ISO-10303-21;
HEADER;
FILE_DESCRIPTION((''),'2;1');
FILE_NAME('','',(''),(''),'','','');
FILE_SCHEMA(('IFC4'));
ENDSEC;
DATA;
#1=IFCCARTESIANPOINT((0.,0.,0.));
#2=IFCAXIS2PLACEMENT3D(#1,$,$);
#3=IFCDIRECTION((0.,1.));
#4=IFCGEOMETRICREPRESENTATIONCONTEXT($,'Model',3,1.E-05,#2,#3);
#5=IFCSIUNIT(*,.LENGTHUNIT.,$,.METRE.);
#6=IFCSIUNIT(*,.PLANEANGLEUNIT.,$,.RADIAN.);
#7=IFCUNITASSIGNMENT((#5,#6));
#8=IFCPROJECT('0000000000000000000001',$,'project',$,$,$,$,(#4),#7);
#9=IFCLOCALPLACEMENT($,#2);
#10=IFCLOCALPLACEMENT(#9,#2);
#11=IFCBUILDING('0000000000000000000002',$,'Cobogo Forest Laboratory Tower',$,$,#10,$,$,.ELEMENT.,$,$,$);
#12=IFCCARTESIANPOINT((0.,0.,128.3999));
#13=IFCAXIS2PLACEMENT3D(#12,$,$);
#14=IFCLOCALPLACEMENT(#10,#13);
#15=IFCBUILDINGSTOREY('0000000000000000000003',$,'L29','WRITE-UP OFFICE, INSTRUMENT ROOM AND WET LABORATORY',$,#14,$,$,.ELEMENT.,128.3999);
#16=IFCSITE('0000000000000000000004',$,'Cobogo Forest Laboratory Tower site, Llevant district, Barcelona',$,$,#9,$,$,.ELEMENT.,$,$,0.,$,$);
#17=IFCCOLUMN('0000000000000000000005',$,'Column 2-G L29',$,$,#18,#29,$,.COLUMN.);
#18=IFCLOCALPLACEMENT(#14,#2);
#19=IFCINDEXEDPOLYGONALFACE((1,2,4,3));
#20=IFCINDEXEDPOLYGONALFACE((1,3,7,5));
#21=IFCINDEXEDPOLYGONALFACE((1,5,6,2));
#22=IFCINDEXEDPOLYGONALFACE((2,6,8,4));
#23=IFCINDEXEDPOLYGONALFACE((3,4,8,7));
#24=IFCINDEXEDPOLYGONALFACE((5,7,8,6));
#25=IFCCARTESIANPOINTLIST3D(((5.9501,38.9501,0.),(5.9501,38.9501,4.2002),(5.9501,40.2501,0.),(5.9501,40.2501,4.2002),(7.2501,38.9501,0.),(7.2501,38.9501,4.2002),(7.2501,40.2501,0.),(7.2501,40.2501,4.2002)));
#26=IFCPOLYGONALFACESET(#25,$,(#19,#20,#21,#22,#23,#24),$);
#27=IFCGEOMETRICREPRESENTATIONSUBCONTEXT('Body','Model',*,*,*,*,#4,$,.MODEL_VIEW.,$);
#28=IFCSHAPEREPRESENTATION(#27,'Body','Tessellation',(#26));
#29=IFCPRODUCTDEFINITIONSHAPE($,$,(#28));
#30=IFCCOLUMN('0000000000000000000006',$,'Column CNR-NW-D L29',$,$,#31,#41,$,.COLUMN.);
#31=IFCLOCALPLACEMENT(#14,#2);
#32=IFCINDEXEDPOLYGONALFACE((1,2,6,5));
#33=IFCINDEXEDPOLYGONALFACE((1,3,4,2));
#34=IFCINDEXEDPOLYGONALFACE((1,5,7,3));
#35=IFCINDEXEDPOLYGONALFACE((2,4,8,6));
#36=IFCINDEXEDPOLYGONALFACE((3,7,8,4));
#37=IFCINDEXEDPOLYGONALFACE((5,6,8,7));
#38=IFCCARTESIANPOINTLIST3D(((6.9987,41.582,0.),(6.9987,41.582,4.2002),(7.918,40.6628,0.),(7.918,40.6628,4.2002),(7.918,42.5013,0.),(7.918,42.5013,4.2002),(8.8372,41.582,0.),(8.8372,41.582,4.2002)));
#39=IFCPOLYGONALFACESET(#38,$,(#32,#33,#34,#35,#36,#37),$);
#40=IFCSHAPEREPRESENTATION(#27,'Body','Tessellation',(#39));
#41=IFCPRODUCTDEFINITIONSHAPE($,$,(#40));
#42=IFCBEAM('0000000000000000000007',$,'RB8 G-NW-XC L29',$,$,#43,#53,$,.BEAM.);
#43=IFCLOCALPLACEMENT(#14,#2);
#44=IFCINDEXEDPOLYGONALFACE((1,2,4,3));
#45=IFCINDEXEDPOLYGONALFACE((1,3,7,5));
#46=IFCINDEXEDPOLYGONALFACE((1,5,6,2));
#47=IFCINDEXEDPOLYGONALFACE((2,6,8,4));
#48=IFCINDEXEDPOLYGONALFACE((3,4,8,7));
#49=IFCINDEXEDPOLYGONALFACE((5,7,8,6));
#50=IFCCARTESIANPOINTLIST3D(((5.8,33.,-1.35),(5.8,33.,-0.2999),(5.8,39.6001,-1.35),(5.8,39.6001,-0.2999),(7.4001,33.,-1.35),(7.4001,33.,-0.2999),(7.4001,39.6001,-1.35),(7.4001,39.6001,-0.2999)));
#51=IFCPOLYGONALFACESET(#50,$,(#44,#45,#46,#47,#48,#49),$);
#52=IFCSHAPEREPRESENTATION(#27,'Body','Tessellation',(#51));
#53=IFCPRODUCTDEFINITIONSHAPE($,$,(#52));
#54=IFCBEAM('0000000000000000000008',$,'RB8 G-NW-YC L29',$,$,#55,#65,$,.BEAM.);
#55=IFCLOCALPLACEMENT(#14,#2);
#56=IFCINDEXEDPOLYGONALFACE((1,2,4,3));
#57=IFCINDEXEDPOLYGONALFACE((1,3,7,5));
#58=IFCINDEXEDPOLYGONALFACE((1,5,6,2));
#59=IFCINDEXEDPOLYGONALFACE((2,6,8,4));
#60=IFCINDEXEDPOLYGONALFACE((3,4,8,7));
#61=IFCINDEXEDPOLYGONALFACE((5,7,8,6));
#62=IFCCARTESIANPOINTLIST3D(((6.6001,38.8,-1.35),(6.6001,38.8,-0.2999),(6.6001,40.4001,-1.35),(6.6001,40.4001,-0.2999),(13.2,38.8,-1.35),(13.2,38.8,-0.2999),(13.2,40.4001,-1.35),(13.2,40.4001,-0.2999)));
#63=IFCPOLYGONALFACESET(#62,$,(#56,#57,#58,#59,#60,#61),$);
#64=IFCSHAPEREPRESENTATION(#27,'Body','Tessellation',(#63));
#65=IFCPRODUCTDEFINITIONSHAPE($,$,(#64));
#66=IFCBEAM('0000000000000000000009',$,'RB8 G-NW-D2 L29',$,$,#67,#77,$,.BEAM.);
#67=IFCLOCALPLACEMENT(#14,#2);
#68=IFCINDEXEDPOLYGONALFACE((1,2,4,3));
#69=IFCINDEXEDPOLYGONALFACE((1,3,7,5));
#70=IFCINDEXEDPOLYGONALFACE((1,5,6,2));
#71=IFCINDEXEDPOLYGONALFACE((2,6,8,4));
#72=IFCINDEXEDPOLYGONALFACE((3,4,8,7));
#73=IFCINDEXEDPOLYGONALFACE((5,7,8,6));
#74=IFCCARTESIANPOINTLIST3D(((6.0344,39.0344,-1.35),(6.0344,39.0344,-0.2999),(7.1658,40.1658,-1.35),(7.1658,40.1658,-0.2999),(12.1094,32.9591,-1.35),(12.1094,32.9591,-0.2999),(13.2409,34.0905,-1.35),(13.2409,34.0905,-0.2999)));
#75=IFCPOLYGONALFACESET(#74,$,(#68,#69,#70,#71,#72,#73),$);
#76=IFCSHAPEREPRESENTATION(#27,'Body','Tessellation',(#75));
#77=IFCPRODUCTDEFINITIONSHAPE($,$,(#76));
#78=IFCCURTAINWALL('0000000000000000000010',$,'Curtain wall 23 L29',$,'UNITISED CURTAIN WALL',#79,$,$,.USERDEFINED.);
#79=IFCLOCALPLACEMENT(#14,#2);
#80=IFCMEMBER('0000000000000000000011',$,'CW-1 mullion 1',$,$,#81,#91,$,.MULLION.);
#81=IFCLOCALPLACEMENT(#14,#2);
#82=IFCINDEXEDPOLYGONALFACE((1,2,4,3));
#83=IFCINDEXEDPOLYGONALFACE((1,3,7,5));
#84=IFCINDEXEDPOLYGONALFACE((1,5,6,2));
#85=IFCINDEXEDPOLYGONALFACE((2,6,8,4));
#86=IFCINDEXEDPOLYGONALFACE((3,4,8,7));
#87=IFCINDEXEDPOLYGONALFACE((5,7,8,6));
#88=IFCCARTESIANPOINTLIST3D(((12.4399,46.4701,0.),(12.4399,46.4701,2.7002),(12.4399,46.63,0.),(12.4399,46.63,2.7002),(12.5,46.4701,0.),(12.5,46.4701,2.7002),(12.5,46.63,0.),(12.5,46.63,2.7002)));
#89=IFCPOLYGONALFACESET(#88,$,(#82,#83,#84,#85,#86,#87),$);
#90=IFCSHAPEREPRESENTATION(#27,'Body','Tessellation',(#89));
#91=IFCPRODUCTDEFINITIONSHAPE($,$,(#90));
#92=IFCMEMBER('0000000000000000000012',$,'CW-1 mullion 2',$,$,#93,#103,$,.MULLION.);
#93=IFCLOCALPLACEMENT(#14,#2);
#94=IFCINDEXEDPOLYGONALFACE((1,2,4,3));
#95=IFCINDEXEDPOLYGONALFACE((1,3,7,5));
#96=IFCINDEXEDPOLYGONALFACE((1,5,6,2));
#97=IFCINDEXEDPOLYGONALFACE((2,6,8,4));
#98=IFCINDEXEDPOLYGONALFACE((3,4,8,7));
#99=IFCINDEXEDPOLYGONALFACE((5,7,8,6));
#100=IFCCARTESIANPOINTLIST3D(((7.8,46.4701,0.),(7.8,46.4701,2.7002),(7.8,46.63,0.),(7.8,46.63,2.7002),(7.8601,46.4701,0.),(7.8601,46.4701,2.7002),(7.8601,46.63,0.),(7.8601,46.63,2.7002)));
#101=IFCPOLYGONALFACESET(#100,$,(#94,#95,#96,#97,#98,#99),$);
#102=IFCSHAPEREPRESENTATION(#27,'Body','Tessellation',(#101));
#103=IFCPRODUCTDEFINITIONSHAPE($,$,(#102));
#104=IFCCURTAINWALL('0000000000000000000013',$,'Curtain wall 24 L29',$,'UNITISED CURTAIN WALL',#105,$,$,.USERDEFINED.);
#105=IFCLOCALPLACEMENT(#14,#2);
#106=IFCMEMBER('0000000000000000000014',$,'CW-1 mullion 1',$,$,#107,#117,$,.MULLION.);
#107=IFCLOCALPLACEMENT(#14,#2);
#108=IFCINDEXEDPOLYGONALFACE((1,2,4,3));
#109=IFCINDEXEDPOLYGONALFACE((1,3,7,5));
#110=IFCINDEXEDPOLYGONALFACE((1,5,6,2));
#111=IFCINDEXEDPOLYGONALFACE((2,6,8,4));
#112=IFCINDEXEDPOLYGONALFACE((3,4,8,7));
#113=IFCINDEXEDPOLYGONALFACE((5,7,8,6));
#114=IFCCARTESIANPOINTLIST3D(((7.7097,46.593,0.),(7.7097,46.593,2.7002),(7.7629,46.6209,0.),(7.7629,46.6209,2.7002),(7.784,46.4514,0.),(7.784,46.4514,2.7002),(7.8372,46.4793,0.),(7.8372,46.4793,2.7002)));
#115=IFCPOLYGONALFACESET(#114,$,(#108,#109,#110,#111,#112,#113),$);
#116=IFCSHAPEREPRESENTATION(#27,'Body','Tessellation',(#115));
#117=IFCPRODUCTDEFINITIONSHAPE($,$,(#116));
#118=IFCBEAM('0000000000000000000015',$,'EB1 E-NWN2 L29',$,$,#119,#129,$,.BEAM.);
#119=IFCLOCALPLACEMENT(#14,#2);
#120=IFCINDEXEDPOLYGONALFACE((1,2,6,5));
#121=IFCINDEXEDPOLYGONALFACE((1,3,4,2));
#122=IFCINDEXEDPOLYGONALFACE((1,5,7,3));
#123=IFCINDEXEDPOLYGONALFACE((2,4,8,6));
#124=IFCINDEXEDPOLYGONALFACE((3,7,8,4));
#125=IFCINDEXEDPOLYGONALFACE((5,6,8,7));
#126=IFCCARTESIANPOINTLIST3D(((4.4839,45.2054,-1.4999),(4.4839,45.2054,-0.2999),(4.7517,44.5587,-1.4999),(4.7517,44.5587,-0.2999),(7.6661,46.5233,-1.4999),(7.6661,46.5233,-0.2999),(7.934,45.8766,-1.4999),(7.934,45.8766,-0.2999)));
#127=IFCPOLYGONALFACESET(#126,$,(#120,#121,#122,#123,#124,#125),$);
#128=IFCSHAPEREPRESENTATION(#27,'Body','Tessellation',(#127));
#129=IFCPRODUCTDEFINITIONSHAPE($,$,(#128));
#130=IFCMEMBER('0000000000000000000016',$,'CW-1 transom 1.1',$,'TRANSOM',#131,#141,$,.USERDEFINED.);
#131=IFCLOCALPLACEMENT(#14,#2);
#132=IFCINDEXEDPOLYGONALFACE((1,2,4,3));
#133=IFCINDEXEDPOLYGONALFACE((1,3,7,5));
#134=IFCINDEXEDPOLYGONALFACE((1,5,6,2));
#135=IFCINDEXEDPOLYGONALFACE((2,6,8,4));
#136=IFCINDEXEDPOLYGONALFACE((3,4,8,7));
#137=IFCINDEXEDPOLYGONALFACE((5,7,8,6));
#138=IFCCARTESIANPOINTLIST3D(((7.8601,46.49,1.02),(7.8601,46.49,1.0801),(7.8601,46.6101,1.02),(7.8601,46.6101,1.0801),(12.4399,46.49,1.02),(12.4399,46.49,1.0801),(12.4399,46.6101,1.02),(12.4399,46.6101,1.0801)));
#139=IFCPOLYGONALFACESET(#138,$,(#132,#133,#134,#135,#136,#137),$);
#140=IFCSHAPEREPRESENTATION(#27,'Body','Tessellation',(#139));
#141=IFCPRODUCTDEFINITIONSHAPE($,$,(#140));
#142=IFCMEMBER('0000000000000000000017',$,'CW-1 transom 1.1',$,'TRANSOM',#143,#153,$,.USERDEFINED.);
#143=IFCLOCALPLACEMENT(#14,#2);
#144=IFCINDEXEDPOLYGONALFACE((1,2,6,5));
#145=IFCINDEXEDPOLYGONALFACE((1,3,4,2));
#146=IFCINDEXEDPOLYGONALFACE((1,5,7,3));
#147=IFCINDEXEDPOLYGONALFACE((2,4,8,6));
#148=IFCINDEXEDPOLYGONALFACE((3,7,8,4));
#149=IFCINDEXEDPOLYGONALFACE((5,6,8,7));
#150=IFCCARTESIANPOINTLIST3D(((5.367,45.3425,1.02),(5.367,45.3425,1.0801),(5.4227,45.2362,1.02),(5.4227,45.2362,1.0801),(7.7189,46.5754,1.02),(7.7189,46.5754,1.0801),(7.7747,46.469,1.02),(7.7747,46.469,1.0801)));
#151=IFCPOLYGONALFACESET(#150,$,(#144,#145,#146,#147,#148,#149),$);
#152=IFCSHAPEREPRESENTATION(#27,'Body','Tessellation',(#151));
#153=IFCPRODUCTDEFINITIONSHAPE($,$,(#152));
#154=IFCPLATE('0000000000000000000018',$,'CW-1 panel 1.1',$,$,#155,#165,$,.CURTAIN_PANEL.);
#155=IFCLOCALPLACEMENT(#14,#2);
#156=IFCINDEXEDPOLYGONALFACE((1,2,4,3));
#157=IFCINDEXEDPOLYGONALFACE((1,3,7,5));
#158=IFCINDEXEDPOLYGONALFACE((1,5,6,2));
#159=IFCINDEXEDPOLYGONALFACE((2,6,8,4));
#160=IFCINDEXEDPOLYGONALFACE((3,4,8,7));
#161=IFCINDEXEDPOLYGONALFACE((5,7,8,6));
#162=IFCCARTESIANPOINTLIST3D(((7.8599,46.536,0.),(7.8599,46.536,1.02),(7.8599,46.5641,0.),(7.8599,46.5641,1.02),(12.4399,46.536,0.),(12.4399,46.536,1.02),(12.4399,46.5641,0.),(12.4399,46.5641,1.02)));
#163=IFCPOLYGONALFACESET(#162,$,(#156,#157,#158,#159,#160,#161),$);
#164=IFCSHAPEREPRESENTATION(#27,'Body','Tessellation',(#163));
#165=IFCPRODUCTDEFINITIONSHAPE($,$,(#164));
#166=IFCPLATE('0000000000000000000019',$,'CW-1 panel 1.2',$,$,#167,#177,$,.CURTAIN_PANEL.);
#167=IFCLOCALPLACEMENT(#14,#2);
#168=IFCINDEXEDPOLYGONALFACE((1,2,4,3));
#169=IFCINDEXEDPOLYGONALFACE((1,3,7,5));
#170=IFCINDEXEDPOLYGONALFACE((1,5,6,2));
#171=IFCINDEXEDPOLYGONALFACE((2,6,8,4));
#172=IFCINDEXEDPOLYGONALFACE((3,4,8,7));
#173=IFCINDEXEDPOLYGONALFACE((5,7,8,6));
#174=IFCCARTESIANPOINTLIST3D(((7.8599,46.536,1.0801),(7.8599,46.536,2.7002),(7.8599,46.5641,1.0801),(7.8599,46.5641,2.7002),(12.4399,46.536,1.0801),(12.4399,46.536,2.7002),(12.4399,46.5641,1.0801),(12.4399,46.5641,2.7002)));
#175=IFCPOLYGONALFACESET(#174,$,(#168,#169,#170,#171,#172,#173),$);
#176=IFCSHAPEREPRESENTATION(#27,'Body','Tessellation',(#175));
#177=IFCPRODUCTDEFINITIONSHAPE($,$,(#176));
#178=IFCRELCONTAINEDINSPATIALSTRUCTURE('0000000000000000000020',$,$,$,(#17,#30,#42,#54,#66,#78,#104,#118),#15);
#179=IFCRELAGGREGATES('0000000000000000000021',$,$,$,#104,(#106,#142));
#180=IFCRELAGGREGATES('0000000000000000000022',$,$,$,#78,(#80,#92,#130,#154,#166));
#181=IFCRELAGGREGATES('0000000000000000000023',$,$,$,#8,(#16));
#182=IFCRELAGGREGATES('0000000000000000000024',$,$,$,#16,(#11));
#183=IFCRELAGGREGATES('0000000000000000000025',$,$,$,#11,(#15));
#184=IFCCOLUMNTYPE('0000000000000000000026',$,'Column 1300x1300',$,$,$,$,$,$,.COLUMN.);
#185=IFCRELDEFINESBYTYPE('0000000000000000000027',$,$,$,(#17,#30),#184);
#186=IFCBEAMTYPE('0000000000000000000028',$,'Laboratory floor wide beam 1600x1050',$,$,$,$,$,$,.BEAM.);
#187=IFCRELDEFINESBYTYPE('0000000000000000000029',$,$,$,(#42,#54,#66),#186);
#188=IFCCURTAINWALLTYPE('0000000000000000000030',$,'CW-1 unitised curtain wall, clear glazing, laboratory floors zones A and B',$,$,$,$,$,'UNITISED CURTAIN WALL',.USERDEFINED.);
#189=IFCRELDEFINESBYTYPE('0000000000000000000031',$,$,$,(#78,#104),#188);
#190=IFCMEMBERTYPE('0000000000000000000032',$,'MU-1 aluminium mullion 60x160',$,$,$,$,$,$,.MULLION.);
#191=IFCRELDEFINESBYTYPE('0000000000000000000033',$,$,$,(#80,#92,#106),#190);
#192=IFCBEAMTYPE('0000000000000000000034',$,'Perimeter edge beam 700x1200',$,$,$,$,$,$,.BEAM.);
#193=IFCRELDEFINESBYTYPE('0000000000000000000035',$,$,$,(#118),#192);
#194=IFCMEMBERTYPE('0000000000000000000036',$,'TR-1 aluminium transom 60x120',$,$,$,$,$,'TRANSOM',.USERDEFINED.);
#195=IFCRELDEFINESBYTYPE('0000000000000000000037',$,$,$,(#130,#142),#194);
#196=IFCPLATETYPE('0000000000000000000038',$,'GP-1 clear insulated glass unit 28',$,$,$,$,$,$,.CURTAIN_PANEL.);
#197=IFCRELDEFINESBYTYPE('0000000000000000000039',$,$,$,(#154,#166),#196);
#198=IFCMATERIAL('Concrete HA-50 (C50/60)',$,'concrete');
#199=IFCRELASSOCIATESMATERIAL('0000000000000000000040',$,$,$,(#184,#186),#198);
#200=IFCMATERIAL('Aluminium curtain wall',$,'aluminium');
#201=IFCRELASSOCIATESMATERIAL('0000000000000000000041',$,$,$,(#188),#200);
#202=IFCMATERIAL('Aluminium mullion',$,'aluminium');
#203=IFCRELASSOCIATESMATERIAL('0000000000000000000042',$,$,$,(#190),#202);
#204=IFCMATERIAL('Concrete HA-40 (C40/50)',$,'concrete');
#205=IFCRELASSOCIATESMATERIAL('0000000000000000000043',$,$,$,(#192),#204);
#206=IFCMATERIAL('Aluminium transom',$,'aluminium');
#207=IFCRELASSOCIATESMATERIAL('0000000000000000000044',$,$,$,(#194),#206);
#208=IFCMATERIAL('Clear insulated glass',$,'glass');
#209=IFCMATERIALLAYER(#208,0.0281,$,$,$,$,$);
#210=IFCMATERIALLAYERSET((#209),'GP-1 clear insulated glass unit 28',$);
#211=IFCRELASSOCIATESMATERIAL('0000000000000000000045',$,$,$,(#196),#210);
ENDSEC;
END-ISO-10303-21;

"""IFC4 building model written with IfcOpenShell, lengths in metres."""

from ifc_helpers import new_model, si_unit, direction, frame, origin, origin_2d, place, context, subcontext, project, spatial, rectangle, extrude, material, layer, layer_set, material_profile, profile_set, type_object, element, aggregate, save


model = new_model("IFC4")

# Units and contexts
model_context = context("Model", 3, precision=1e-05, world=origin(), true_north=direction((0.0, 1.0)))
body_context = subcontext(model_context, "Body", "Model", "MODEL_VIEW")
ifc_project = project(units=[si_unit("LENGTHUNIT", "METRE"), si_unit("PLANEANGLEUNIT", "RADIAN")], contexts=[model_context])

# Site, building, storey
site_placement = place(None, origin())
site = spatial("IfcSite", under=ifc_project, at=site_placement, Name="Cobogo Forest Laboratory Tower site, Llevant district, Barcelona", CompositionType="ELEMENT", RefElevation=0.0)
building_placement = place(site_placement, origin())
building = spatial("IfcBuilding", under=site, at=building_placement, Name="Cobogo Forest Laboratory Tower", CompositionType="ELEMENT")
storey_placement = place(building_placement, frame((0.0, 0.0, 128.3999)))
storey = spatial("IfcBuildingStorey", under=building, at=storey_placement, Name="L29", Description="WRITE-UP OFFICE, INSTRUMENT ROOM AND WET LABORATORY", CompositionType="ELEMENT", Elevation=128.3999)

# Columns
ifc_material_1 = material(Name="Concrete HA-50 (C50/60)", Category="concrete")
ifc_material_profile_1 = material_profile(ifc_material_1, rectangle(XDim=1.3, YDim=1.3, at=origin_2d()), Name="RC 1300x1300")
ifc_profile_set_1 = profile_set([ifc_material_profile_1], Name="Concrete HA-50 (C50/60)")
column_type = type_object("IfcColumnType", Name="Column 1300x1300", PredefinedType="COLUMN", material=ifc_profile_set_1)
for number, where, z_axis, x_axis, name in (
    (1, (6.6001, 39.6001, 0.0), (0.0, 0.0, 1.0), (1.0, 0.0, 0.0), "Column 2-G L29"),
    (2, (7.918, 41.582, 0.0), (0.0, 0.0, 1.0), (0.707107, 0.707107, 0.0), "Column CNR-NW-D L29"),
):
    element("IfcColumn", number, at=place(storey_placement, frame(where, z_axis=z_axis, x_axis=x_axis)), inside=storey, type_object=column_type, Name=name, PredefinedType="COLUMN", context=body_context, shape_type="SweptSolid", body=[
        extrude(rectangle(XDim=1.3, YDim=1.3, at=origin_2d()), origin(), (0.0, 0.0, 1.0), 4.2002),
    ])

# Beams
ifc_material_profile_2 = material_profile(ifc_material_1, rectangle(XDim=1.6001, YDim=1.05, at=origin_2d()), Name="RC 1600x1050")
ifc_profile_set_2 = profile_set([ifc_material_profile_2], Name="Concrete HA-50 (C50/60)")
beam_type_1 = type_object("IfcBeamType", Name="Laboratory floor wide beam 1600x1050", PredefinedType="BEAM", material=ifc_profile_set_2)
beam_1_placement = place(storey_placement, frame((6.6001, 39.6001, -0.825), z_axis=(0.0, -1.0, 0.0), x_axis=(1.0, 0.0, 0.0)))
element("IfcBeam", 3, at=beam_1_placement, inside=storey, type_object=beam_type_1, Name="RB8 G-NW-XC L29", PredefinedType="BEAM", context=body_context, shape_type="SweptSolid", body=[
    extrude(rectangle(XDim=1.6001, YDim=1.05, at=origin_2d()), origin(), (0.0, 0.0, 1.0), 6.6001),
])
beam_2_placement = place(storey_placement, frame((6.6001, 39.6001, -0.825), z_axis=(1.0, 0.0, 0.0), x_axis=(0.0, 1.0, 0.0)))
element("IfcBeam", 4, at=beam_2_placement, inside=storey, type_object=beam_type_1, Name="RB8 G-NW-YC L29", PredefinedType="BEAM", context=body_context, shape_type="SweptSolid", body=[
    extrude(rectangle(XDim=1.6001, YDim=1.05, at=origin_2d()), origin(), (0.0, 0.0, 1.0), 6.5999),
])
beam_3_placement = place(storey_placement, frame((6.6001, 39.6001, -0.825), z_axis=(0.707093, -0.707121, 0.0), x_axis=(0.707121, 0.707093, 0.0)))
element("IfcBeam", 5, at=beam_3_placement, inside=storey, type_object=beam_type_1, Name="RB8 G-NW-D2 L29", PredefinedType="BEAM", context=body_context, shape_type="SweptSolid", body=[
    extrude(rectangle(XDim=1.6001, YDim=1.05, at=origin_2d()), origin(), (0.0, 0.0, 1.0), 8.5916),
])

# Curtain wall, members
ifc_material_2 = material(Name="Aluminium curtain wall", Category="aluminium")
curtain_wall_type = type_object("IfcCurtainWallType", Name="CW-1 unitised curtain wall, clear glazing, laboratory floors zones A and B", ElementType="UNITISED CURTAIN WALL", PredefinedType="USERDEFINED", material=ifc_material_2)
curtain_wall_1_placement = place(storey_placement, origin())
curtain_wall_1 = element("IfcCurtainWall", 6, at=curtain_wall_1_placement, inside=storey, type_object=curtain_wall_type, Name="Curtain wall 23 L29", ObjectType="UNITISED CURTAIN WALL", PredefinedType="USERDEFINED")
ifc_material_3 = material(Name="Aluminium mullion", Category="aluminium")
ifc_material_profile_3 = material_profile(ifc_material_3, rectangle(XDim=0.0601, YDim=0.1599, at=origin_2d()), Name="AL 60x160")
ifc_profile_set_3 = profile_set([ifc_material_profile_3], Name="Aluminium mullion")
member_type_1 = type_object("IfcMemberType", Name="MU-1 aluminium mullion 60x160", PredefinedType="MULLION", material=ifc_profile_set_3)
member_1_placement = place(storey_placement, frame((12.47, 46.55, 0.0), z_axis=(0.0, 0.0, 1.0), x_axis=(-1.0, 0.0, 0.0)))
member_1 = element("IfcMember", 7, at=member_1_placement, type_object=member_type_1, Name="CW-1 mullion 1", PredefinedType="MULLION", context=body_context, shape_type="SweptSolid", body=[
    extrude(rectangle(XDim=0.0601, YDim=0.1599, at=origin_2d()), origin(), (0.0, 0.0, 1.0), 2.7002),
])
member_2_placement = place(storey_placement, frame((7.8301, 46.55, 0.0), z_axis=(0.0, 0.0, 1.0), x_axis=(-1.0, 0.0, 0.0)))
member_2 = element("IfcMember", 8, at=member_2_placement, type_object=member_type_1, Name="CW-1 mullion 2", PredefinedType="MULLION", context=body_context, shape_type="SweptSolid", body=[
    extrude(rectangle(XDim=0.0601, YDim=0.1599, at=origin_2d()), origin(), (0.0, 0.0, 1.0), 2.7002),
])

# Curtain wall, member
curtain_wall_2_placement = place(storey_placement, origin())
curtain_wall_2 = element("IfcCurtainWall", 9, at=curtain_wall_2_placement, inside=storey, type_object=curtain_wall_type, Name="Curtain wall 24 L29", ObjectType="UNITISED CURTAIN WALL", PredefinedType="USERDEFINED")
member_3_placement = place(storey_placement, frame((7.7734, 46.5361, 0.0), z_axis=(0.0, 0.0, 1.0), x_axis=(-0.885687, -0.464284, 0.0)))
member_3 = element("IfcMember", 10, at=member_3_placement, type_object=member_type_1, Name="CW-1 mullion 1", PredefinedType="MULLION", context=body_context, shape_type="SweptSolid", body=[
    extrude(rectangle(XDim=0.0601, YDim=0.1599, at=origin_2d()), origin(), (0.0, 0.0, 1.0), 2.7002),
])

# Beam
ifc_material_4 = material(Name="Concrete HA-40 (C40/50)", Category="concrete")
ifc_material_profile_4 = material_profile(ifc_material_4, rectangle(XDim=0.7, YDim=1.2, at=origin_2d()), Name="RC 700x1200")
ifc_profile_set_4 = profile_set([ifc_material_profile_4], Name="Concrete HA-40 (C40/50)")
beam_type_2 = type_object("IfcBeamType", Name="Perimeter edge beam 700x1200", PredefinedType="BEAM", material=ifc_profile_set_4)
beam_4_placement = place(storey_placement, frame((7.8, 46.2, -0.8999), z_axis=(-0.923901, -0.382631, 0.0), x_axis=(0.382631, -0.923901, 0.0)))
element("IfcBeam", 11, at=beam_4_placement, inside=storey, type_object=beam_type_2, Name="EB1 E-NWN2 L29", PredefinedType="BEAM", context=body_context, shape_type="SweptSolid", body=[
    extrude(rectangle(XDim=0.7, YDim=1.2, at=origin_2d()), origin(), (0.0, 0.0, 1.0), 3.4443),
])

# Members
ifc_material_5 = material(Name="Aluminium transom", Category="aluminium")
ifc_material_profile_5 = material_profile(ifc_material_5, rectangle(XDim=0.1201, YDim=0.0601, at=origin_2d()), Name="AL 60x120")
ifc_profile_set_5 = profile_set([ifc_material_profile_5], Name="Aluminium transom")
member_type_2 = type_object("IfcMemberType", Name="TR-1 aluminium transom 60x120", ElementType="TRANSOM", PredefinedType="USERDEFINED", material=ifc_profile_set_5)
member_4_placement = place(storey_placement, frame((12.4399, 46.55, 1.05), z_axis=(-1.0, 0.0, 0.0), x_axis=(0.0, -1.0, 0.0)))
member_4 = element("IfcMember", 12, at=member_4_placement, type_object=member_type_2, Name="CW-1 transom 1.1", ObjectType="TRANSOM", PredefinedType="USERDEFINED", context=body_context, shape_type="SweptSolid", body=[
    extrude(rectangle(XDim=0.1201, YDim=0.0601, at=origin_2d()), origin(), (0.0, 0.0, 1.0), 4.5798),
])
member_5_placement = place(storey_placement, frame((7.7468, 46.5222, 1.05), z_axis=(-0.885695, -0.464268, 0.0), x_axis=(0.464268, -0.885695, 0.0)))
member_5 = element("IfcMember", 13, at=member_5_placement, type_object=member_type_2, Name="CW-1 transom 1.1", ObjectType="TRANSOM", PredefinedType="USERDEFINED", context=body_context, shape_type="SweptSolid", body=[
    extrude(rectangle(XDim=0.1201, YDim=0.0601, at=origin_2d()), origin(), (0.0, 0.0, 1.0), 2.6555),
])
aggregate(curtain_wall_2, [member_3, member_5])

# Plates
ifc_material_6 = material(Name="Clear insulated glass", Category="glass")
ifc_layer_1 = layer(ifc_material_6, 0.0281)
ifc_layer_set_1 = layer_set([ifc_layer_1], Name="GP-1 clear insulated glass unit 28")
plate_type = type_object("IfcPlateType", Name="GP-1 clear insulated glass unit 28", PredefinedType="CURTAIN_PANEL", material=ifc_layer_set_1)
plate_1_placement = place(storey_placement, frame((10.1499, 46.55, 0.0), z_axis=(0.0, 0.0, 1.0), x_axis=(-1.0, 0.0, 0.0)))
plate_1 = element("IfcPlate", 14, at=plate_1_placement, type_object=plate_type, Name="CW-1 panel 1.1", PredefinedType="CURTAIN_PANEL", context=body_context, shape_type="SweptSolid", body=[
    extrude(rectangle(XDim=4.5801, YDim=0.0281, at=origin_2d()), origin(), (0.0, 0.0, 1.0), 1.02),
])
plate_2_placement = place(storey_placement, frame((10.1499, 46.55, 1.0801), z_axis=(0.0, 0.0, 1.0), x_axis=(-1.0, 0.0, 0.0)))
plate_2 = element("IfcPlate", 15, at=plate_2_placement, type_object=plate_type, Name="CW-1 panel 1.2", PredefinedType="CURTAIN_PANEL", context=body_context, shape_type="SweptSolid", body=[
    extrude(rectangle(XDim=4.5801, YDim=0.0281, at=origin_2d()), origin(), (0.0, 0.0, 1.0), 1.6201),
])
aggregate(curtain_wall_1, [member_1, member_2, member_4, plate_1, plate_2])

save(model, "model.ifc")
